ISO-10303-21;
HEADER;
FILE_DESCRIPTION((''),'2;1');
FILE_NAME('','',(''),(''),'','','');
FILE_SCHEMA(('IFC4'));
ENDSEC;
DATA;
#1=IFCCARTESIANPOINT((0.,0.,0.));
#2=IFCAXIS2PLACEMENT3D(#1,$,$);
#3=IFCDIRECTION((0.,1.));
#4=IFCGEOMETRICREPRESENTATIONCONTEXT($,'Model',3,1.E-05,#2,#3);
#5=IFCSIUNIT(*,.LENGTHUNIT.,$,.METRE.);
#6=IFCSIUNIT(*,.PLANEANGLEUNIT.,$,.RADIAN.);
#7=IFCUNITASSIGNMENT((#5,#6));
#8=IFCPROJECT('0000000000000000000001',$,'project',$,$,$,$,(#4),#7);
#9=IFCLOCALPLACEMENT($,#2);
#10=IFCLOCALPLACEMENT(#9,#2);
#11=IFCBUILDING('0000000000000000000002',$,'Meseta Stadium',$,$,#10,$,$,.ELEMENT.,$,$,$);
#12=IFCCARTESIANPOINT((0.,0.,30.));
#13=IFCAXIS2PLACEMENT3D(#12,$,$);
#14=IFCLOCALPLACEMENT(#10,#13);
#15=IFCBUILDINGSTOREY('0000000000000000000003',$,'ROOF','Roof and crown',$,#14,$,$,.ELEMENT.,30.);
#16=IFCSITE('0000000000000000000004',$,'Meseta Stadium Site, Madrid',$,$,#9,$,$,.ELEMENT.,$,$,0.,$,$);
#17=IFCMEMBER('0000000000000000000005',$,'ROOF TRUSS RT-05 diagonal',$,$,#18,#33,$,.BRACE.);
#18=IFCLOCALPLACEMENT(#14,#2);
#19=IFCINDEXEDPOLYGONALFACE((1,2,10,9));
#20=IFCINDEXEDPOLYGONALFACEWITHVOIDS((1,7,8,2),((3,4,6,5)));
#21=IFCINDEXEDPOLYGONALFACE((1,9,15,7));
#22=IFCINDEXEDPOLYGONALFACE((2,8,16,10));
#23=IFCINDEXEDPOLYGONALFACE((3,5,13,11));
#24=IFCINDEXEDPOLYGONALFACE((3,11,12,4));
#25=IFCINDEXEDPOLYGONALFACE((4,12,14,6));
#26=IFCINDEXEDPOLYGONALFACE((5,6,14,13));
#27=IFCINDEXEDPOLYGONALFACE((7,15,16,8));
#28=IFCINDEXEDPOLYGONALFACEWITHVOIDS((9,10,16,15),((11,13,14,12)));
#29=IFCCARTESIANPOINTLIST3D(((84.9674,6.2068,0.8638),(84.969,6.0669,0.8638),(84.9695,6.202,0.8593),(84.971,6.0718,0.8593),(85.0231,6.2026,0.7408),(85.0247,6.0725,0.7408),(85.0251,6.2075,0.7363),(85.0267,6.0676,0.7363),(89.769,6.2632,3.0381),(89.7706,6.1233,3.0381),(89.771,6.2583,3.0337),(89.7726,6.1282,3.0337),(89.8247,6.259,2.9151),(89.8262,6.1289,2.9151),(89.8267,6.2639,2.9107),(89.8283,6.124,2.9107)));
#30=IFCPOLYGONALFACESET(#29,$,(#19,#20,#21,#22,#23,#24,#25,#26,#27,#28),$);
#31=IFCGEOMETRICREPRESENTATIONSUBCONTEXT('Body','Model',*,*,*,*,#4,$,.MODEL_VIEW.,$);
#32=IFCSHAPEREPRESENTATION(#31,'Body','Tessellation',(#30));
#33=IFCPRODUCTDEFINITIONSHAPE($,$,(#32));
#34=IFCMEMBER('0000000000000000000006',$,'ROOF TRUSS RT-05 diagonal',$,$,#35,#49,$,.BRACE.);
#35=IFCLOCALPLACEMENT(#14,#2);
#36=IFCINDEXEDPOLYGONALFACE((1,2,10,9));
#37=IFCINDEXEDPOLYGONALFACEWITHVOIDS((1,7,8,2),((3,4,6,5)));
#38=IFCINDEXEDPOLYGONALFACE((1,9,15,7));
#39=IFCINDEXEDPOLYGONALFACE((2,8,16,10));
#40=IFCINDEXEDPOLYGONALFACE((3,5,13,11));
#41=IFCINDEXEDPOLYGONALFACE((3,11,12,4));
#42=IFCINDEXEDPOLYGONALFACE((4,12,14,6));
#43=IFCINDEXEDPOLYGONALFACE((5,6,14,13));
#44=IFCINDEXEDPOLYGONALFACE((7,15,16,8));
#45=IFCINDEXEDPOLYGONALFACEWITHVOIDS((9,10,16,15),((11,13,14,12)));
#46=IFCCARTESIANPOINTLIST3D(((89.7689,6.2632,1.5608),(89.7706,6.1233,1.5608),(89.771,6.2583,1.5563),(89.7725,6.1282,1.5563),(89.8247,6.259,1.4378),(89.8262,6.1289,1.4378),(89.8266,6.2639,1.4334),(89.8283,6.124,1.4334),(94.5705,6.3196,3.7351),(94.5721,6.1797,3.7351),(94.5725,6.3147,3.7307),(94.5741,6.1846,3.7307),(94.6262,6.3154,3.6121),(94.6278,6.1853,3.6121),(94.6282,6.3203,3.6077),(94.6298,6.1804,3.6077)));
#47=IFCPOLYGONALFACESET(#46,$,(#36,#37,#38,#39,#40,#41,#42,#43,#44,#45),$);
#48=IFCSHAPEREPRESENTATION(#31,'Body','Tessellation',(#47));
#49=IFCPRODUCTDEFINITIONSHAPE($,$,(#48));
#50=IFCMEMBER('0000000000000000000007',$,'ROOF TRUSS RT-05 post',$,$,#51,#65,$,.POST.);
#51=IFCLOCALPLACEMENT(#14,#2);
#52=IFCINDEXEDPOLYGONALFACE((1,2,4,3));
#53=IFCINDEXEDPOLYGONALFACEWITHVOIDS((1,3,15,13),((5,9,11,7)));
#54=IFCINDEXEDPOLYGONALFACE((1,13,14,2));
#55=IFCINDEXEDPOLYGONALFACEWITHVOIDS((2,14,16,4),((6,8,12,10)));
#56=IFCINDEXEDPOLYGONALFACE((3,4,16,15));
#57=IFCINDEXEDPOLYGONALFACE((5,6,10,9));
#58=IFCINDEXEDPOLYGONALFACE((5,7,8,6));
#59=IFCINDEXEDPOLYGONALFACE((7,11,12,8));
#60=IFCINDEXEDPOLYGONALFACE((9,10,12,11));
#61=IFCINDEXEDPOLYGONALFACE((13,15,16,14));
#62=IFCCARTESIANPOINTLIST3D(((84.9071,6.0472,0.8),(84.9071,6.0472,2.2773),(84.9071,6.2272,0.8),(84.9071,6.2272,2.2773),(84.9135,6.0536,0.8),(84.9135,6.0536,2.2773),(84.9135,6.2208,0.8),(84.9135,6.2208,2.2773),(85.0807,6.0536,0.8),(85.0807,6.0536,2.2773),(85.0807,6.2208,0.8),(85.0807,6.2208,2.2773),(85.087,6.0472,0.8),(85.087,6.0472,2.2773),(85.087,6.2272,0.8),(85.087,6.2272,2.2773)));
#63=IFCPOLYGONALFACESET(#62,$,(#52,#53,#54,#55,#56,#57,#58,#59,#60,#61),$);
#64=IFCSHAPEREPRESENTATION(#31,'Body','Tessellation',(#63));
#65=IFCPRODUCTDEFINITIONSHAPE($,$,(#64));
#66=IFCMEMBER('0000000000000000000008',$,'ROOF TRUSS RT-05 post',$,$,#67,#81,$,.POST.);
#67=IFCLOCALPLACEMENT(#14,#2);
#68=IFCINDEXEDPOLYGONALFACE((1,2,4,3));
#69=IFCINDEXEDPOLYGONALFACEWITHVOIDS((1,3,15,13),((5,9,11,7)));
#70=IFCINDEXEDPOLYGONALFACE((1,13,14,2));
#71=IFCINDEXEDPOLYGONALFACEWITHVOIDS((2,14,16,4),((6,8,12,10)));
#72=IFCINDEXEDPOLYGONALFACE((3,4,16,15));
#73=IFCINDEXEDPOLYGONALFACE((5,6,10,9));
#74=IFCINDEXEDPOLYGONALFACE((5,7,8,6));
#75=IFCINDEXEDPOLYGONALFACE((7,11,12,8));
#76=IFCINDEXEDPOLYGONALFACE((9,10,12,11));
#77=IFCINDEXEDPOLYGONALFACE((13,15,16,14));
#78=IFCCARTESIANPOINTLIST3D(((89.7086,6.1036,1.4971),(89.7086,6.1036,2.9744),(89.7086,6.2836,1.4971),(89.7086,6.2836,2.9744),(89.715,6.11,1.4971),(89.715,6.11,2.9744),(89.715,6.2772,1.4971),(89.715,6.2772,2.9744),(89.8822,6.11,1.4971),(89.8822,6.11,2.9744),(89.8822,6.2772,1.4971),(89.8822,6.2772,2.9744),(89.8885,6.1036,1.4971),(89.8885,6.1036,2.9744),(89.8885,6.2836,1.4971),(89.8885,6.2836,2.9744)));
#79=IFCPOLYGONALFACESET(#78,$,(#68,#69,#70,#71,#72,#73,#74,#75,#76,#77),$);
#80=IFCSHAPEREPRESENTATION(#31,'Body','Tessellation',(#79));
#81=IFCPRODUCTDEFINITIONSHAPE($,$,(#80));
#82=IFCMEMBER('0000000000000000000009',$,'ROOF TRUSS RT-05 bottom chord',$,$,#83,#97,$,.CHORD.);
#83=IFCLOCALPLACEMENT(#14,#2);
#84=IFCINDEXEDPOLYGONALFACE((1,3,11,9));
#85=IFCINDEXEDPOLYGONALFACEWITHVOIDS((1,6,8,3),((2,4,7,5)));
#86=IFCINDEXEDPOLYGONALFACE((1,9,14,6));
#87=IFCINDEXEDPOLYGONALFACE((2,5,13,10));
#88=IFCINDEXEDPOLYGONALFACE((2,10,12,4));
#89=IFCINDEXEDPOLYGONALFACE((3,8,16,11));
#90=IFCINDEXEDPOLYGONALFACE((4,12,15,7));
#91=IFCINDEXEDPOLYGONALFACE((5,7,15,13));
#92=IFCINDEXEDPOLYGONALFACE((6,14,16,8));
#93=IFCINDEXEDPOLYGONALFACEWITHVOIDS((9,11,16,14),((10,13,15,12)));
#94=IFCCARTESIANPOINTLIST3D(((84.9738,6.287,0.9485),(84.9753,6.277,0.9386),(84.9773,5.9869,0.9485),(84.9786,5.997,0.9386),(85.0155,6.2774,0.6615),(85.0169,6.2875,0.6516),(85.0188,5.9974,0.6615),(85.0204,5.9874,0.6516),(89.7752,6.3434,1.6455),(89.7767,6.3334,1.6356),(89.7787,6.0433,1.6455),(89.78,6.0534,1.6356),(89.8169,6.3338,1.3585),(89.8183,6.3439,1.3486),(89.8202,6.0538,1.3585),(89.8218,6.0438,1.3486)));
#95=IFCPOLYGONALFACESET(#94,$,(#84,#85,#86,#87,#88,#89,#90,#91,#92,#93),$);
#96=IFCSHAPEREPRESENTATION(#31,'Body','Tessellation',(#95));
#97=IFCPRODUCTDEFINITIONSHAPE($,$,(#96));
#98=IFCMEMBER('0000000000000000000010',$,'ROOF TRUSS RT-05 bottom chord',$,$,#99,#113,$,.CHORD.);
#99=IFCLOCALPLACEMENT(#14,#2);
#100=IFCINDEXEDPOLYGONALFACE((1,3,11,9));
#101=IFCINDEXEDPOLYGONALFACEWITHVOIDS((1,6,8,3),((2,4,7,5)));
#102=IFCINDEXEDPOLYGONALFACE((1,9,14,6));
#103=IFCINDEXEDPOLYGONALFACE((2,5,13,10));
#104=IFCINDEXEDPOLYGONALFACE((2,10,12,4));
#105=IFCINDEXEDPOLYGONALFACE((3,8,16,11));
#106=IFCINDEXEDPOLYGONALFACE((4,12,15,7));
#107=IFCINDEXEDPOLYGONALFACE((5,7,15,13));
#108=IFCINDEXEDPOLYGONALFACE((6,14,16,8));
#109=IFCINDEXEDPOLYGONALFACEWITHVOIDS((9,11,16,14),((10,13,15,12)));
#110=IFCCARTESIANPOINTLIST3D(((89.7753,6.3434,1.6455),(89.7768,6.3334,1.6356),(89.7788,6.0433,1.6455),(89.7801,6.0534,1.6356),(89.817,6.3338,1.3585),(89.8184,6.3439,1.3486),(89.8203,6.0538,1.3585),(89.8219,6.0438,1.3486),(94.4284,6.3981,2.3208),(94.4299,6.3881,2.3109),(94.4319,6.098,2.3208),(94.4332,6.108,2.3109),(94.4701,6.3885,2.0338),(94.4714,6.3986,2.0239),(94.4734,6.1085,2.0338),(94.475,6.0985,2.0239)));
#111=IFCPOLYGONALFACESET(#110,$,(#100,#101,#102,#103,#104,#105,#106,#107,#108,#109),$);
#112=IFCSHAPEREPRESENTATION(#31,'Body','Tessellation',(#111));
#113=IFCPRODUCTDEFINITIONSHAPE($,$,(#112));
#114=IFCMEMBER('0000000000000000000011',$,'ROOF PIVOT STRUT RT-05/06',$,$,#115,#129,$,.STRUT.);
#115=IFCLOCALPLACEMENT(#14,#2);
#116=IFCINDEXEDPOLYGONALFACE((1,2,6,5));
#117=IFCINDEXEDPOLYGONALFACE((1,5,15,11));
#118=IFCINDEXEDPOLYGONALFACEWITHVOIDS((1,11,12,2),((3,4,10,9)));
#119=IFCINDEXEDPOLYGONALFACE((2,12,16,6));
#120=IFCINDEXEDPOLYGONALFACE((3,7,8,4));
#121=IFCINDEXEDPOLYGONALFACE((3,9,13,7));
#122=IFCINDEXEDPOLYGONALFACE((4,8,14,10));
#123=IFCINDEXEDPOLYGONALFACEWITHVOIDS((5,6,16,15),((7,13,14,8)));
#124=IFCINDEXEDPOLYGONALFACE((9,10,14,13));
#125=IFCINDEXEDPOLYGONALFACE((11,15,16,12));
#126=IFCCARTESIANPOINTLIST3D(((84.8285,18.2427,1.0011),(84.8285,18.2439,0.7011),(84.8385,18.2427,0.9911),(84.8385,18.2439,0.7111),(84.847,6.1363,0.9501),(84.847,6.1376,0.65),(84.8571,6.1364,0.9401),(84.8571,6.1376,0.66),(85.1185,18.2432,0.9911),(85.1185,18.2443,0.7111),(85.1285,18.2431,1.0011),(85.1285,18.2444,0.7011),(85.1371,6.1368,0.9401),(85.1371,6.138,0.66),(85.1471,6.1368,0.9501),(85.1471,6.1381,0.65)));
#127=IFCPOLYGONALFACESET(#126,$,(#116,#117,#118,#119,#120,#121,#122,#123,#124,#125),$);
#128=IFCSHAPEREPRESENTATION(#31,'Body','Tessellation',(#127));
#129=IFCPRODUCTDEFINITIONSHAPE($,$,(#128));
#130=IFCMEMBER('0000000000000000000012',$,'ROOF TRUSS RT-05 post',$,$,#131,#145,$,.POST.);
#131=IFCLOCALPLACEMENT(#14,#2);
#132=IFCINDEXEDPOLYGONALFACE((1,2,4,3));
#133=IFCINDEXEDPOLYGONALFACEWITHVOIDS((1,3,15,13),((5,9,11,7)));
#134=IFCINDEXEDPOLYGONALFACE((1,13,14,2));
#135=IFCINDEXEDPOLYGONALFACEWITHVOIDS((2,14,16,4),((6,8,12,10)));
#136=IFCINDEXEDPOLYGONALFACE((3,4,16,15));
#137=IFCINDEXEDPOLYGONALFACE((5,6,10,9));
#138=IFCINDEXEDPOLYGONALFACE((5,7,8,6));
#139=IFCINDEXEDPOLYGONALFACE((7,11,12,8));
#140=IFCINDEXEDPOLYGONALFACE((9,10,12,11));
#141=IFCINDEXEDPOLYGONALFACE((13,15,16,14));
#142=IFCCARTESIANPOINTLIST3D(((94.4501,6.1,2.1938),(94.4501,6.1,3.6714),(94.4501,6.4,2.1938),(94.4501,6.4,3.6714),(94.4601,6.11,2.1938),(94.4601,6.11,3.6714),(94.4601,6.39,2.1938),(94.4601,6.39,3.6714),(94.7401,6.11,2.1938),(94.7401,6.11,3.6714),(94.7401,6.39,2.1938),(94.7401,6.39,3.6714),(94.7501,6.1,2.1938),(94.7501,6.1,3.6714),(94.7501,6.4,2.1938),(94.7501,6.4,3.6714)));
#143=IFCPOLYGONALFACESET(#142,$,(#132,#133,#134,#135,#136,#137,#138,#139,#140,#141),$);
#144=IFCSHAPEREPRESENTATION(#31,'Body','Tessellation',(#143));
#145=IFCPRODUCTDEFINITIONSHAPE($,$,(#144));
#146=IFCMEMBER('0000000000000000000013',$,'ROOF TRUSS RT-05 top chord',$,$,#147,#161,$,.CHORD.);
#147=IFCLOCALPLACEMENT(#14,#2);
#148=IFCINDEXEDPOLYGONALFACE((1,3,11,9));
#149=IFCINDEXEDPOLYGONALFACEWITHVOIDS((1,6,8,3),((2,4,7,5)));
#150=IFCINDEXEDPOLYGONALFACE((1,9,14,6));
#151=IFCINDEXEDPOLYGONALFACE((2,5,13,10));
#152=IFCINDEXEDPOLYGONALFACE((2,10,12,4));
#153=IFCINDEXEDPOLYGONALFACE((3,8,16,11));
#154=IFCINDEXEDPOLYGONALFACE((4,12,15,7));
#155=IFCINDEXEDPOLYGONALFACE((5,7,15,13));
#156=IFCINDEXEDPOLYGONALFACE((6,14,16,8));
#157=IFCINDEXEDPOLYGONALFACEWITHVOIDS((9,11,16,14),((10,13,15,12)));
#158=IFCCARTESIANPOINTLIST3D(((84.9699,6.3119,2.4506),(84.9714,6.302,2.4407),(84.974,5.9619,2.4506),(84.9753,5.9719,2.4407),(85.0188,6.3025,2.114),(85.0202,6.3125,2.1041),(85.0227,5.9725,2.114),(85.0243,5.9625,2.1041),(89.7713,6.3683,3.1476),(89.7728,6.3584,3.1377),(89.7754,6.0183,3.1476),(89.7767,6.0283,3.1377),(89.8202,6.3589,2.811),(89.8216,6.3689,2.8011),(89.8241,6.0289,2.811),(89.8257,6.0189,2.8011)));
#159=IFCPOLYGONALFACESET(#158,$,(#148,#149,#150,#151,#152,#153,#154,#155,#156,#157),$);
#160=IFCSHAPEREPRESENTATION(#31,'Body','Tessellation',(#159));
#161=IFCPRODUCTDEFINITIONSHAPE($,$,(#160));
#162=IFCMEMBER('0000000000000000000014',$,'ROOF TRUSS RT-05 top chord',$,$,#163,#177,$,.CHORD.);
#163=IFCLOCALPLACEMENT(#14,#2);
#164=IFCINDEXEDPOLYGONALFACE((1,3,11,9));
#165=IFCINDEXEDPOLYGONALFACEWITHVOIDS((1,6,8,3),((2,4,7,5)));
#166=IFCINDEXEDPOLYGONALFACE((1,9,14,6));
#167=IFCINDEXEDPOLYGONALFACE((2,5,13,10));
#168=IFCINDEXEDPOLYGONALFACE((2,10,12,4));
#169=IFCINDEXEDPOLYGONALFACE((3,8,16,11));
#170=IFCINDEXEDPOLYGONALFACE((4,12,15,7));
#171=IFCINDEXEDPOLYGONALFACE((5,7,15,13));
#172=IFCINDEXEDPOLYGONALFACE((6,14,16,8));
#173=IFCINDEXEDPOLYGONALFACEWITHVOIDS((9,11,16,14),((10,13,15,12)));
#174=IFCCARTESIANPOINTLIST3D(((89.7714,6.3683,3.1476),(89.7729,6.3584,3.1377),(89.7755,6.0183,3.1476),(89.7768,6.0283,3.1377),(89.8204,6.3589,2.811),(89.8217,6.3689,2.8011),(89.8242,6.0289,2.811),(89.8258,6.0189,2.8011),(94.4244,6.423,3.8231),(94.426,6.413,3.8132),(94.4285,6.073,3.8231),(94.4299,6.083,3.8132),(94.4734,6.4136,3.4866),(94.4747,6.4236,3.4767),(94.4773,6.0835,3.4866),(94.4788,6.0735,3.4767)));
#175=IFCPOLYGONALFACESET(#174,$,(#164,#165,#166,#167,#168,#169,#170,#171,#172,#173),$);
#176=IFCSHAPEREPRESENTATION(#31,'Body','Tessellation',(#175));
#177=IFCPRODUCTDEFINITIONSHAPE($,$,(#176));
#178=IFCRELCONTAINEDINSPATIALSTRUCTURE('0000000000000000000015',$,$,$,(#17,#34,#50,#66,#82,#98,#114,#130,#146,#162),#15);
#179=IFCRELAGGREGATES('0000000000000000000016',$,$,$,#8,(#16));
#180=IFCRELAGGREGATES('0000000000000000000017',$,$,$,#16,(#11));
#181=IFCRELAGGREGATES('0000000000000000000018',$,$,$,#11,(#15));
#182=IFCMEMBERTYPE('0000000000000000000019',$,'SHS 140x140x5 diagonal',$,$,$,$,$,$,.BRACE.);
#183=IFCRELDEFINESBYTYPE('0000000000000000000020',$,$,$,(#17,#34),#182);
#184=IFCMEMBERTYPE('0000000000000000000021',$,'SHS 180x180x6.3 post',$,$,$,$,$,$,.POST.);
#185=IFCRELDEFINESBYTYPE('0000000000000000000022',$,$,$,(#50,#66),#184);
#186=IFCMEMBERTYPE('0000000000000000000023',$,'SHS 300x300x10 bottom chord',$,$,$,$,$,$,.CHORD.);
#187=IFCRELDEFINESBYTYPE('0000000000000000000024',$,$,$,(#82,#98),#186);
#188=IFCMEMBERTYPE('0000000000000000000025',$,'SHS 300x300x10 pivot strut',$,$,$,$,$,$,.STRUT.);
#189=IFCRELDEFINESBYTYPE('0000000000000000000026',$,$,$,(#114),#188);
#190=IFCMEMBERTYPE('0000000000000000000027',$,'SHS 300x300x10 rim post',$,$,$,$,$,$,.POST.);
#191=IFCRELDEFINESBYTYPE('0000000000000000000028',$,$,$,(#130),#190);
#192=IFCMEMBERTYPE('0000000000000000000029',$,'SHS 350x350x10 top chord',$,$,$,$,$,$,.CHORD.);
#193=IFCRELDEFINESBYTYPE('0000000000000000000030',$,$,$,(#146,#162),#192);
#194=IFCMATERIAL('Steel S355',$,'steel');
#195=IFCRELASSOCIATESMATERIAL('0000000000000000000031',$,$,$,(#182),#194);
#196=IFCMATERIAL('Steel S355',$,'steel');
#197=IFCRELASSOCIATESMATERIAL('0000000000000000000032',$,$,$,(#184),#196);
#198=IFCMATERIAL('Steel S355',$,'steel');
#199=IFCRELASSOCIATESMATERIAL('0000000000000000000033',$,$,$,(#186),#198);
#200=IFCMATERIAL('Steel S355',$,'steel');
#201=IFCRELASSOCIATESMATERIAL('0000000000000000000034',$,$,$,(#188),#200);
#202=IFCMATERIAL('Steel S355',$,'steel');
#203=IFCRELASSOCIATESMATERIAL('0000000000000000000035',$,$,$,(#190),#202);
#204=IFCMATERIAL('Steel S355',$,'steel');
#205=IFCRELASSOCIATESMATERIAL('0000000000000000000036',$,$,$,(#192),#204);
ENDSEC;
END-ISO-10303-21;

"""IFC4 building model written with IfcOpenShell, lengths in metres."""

from ifc_helpers import new_model, si_unit, direction, frame, origin, origin_2d, place, context, subcontext, project, spatial, hollow_rectangle, extrude, material, material_profile, profile_set, type_object, element, save


model = new_model("IFC4")

# Units and contexts
model_context = context("Model", 3, precision=1e-05, world=origin(), true_north=direction((0.0, 1.0)))
body_context = subcontext(model_context, "Body", "Model", "MODEL_VIEW")
ifc_project = project(units=[si_unit("LENGTHUNIT", "METRE"), si_unit("PLANEANGLEUNIT", "RADIAN")], contexts=[model_context])

# Site, building, storey
site_placement = place(None, origin())
site = spatial("IfcSite", under=ifc_project, at=site_placement, Name="Meseta Stadium Site, Madrid", CompositionType="ELEMENT", RefElevation=0.0)
building_placement = place(site_placement, origin())
building = spatial("IfcBuilding", under=site, at=building_placement, Name="Meseta Stadium", CompositionType="ELEMENT")
storey_placement = place(building_placement, frame((0.0, 0.0, 30.0)))
storey = spatial("IfcBuildingStorey", under=building, at=storey_placement, Name="ROOF", Description="Roof and crown", CompositionType="ELEMENT", Elevation=30.0)

# Members
ifc_material_1 = material(Name="Steel S355", Category="steel")
ifc_material_profile_1 = material_profile(ifc_material_1, hollow_rectangle(XDim=0.1399, YDim=0.1399, WallThickness=0.0049, at=origin_2d()), Name="SHS 140x140x5")
ifc_profile_set_1 = profile_set([ifc_material_profile_1], Name="Steel S355")
member_type_1 = type_object("IfcMemberType", Name="SHS 140x140x5 diagonal", PredefinedType="BRACE", material=ifc_profile_set_1)
for number, where, z_axis, x_axis, name in (
    (1, (84.9971, 6.1372, 0.8), (0.910899, 0.010699, 0.412491), (-0.011745, 0.999931, 0.0), "ROOF TRUSS RT-05 diagonal"),
    (2, (89.7986, 6.1936, 1.4971), (0.910899, 0.010699, 0.412491), (-0.011745, 0.999931, 0.0), "ROOF TRUSS RT-05 diagonal"),
):
    element("IfcMember", number, at=place(storey_placement, frame(where, z_axis=z_axis, x_axis=x_axis)), inside=storey, type_object=member_type_1, Name=name, PredefinedType="BRACE", context=body_context, shape_type="SweptSolid", body=[
        extrude(hollow_rectangle(XDim=0.1399, YDim=0.1399, WallThickness=0.0049, at=origin_2d()), origin(), (0.0, 0.0, 1.0), 5.2712),
    ])
ifc_material_2 = material(Name="Steel S355", Category="steel")
ifc_material_profile_2 = material_profile(ifc_material_2, hollow_rectangle(XDim=0.1799, YDim=0.1799, WallThickness=0.0063, at=origin_2d()), Name="SHS 180x180x6.3")
ifc_profile_set_2 = profile_set([ifc_material_profile_2], Name="Steel S355")
member_type_2 = type_object("IfcMemberType", Name="SHS 180x180x6.3 post", PredefinedType="POST", material=ifc_profile_set_2)
for number, where, z_axis, x_axis, name in (
    (3, (84.9971, 6.1372, 0.8), (0.0, 0.0, 1.0), (1.0, 0.0, 0.0), "ROOF TRUSS RT-05 post"),
    (4, (89.7986, 6.1936, 1.4971), (0.0, 0.0, 1.0), (1.0, 0.0, 0.0), "ROOF TRUSS RT-05 post"),
):
    element("IfcMember", number, at=place(storey_placement, frame(where, z_axis=z_axis, x_axis=x_axis)), inside=storey, type_object=member_type_2, Name=name, PredefinedType="POST", context=body_context, shape_type="SweptSolid", body=[
        extrude(hollow_rectangle(XDim=0.1799, YDim=0.1799, WallThickness=0.0063, at=origin_2d()), origin(), (0.0, 0.0, 1.0), 1.4773),
    ])
ifc_material_3 = material(Name="Steel S355", Category="steel")
ifc_material_profile_3 = material_profile(ifc_material_3, hollow_rectangle(XDim=0.3, YDim=0.3, WallThickness=0.01, at=origin_2d()), Name="SHS 300x300x10")
ifc_profile_set_3 = profile_set([ifc_material_profile_3], Name="Steel S355")
member_type_3 = type_object("IfcMemberType", Name="SHS 300x300x10 bottom chord", PredefinedType="CHORD", material=ifc_profile_set_3)
member_1_placement = place(storey_placement, frame((84.9971, 6.1372, 0.8), z_axis=(0.98956, 0.011623, 0.143651), x_axis=(-0.011745, 0.999931, 0.0)))
element("IfcMember", 5, at=member_1_placement, inside=storey, type_object=member_type_3, Name="ROOF TRUSS RT-05 bottom chord", PredefinedType="CHORD", context=body_context, shape_type="SweptSolid", body=[
    extrude(hollow_rectangle(XDim=0.3, YDim=0.3, WallThickness=0.01, at=origin_2d()), origin(), (0.0, 0.0, 1.0), 4.8521),
])
member_2_placement = place(storey_placement, frame((89.7986, 6.1936, 1.4971), z_axis=(0.989565, 0.01163, 0.143614), x_axis=(-0.011752, 0.999931, 0.0)))
element("IfcMember", 6, at=member_2_placement, inside=storey, type_object=member_type_3, Name="ROOF TRUSS RT-05 bottom chord", PredefinedType="CHORD", context=body_context, shape_type="SweptSolid", body=[
    extrude(hollow_rectangle(XDim=0.3, YDim=0.3, WallThickness=0.01, at=origin_2d()), origin(), (0.0, 0.0, 1.0), 4.7021),
])
ifc_material_4 = material(Name="Steel S355", Category="steel")
ifc_material_profile_4 = material_profile(ifc_material_4, hollow_rectangle(XDim=0.3, YDim=0.3, WallThickness=0.01, at=origin_2d()), Name="SHS 300x300x10")
ifc_profile_set_4 = profile_set([ifc_material_profile_4], Name="Steel S355")
member_type_4 = type_object("IfcMemberType", Name="SHS 300x300x10 pivot strut", PredefinedType="STRUT", material=ifc_profile_set_4)
member_3_placement = place(storey_placement, frame((84.9971, 6.1372, 0.8), z_axis=(-0.001533, 0.99999, 0.004215), x_axis=(-0.999999, -0.001533, 0.0)))
element("IfcMember", 7, at=member_3_placement, inside=storey, type_object=member_type_4, Name="ROOF PIVOT STRUT RT-05/06", PredefinedType="STRUT", context=body_context, shape_type="SweptSolid", body=[
    extrude(hollow_rectangle(XDim=0.3, YDim=0.3, WallThickness=0.01, at=origin_2d()), origin(), (0.0, 0.0, 1.0), 12.1064),
])
ifc_material_5 = material(Name="Steel S355", Category="steel")
ifc_material_profile_5 = material_profile(ifc_material_5, hollow_rectangle(XDim=0.3, YDim=0.3, WallThickness=0.01, at=origin_2d()), Name="SHS 300x300x10")
ifc_profile_set_5 = profile_set([ifc_material_profile_5], Name="Steel S355")
member_type_5 = type_object("IfcMemberType", Name="SHS 300x300x10 rim post", PredefinedType="POST", material=ifc_profile_set_5)
member_4_placement = place(storey_placement, frame((94.6001, 6.25, 2.1938), z_axis=(0.0, 0.0, 1.0), x_axis=(1.0, 0.0, 0.0)))
element("IfcMember", 8, at=member_4_placement, inside=storey, type_object=member_type_5, Name="ROOF TRUSS RT-05 post", PredefinedType="POST", context=body_context, shape_type="SweptSolid", body=[
    extrude(hollow_rectangle(XDim=0.3, YDim=0.3, WallThickness=0.01, at=origin_2d()), origin(), (0.0, 0.0, 1.0), 1.4775),
])
ifc_material_6 = material(Name="Steel S355", Category="steel")
ifc_material_profile_6 = material_profile(ifc_material_6, hollow_rectangle(XDim=0.3501, YDim=0.3501, WallThickness=0.01, at=origin_2d()), Name="SHS 350x350x10")
ifc_profile_set_6 = profile_set([ifc_material_profile_6], Name="Steel S355")
member_type_6 = type_object("IfcMemberType", Name="SHS 350x350x10 top chord", PredefinedType="CHORD", material=ifc_profile_set_6)
member_5_placement = place(storey_placement, frame((84.9971, 6.1372, 2.2773), z_axis=(0.98956, 0.011623, 0.143651), x_axis=(-0.011745, 0.999931, 0.0)))
element("IfcMember", 9, at=member_5_placement, inside=storey, type_object=member_type_6, Name="ROOF TRUSS RT-05 top chord", PredefinedType="CHORD", context=body_context, shape_type="SweptSolid", body=[
    extrude(hollow_rectangle(XDim=0.3501, YDim=0.3501, WallThickness=0.01, at=origin_2d()), origin(), (0.0, 0.0, 1.0), 4.8521),
])
member_6_placement = place(storey_placement, frame((89.7986, 6.1936, 2.9744), z_axis=(0.989558, 0.01163, 0.143665), x_axis=(-0.011752, 0.999931, 0.0)))
element("IfcMember", 10, at=member_6_placement, inside=storey, type_object=member_type_6, Name="ROOF TRUSS RT-05 top chord", PredefinedType="CHORD", context=body_context, shape_type="SweptSolid", body=[
    extrude(hollow_rectangle(XDim=0.3501, YDim=0.3501, WallThickness=0.01, at=origin_2d()), origin(), (0.0, 0.0, 1.0), 4.7021),
])

save(model, "model.ifc")
